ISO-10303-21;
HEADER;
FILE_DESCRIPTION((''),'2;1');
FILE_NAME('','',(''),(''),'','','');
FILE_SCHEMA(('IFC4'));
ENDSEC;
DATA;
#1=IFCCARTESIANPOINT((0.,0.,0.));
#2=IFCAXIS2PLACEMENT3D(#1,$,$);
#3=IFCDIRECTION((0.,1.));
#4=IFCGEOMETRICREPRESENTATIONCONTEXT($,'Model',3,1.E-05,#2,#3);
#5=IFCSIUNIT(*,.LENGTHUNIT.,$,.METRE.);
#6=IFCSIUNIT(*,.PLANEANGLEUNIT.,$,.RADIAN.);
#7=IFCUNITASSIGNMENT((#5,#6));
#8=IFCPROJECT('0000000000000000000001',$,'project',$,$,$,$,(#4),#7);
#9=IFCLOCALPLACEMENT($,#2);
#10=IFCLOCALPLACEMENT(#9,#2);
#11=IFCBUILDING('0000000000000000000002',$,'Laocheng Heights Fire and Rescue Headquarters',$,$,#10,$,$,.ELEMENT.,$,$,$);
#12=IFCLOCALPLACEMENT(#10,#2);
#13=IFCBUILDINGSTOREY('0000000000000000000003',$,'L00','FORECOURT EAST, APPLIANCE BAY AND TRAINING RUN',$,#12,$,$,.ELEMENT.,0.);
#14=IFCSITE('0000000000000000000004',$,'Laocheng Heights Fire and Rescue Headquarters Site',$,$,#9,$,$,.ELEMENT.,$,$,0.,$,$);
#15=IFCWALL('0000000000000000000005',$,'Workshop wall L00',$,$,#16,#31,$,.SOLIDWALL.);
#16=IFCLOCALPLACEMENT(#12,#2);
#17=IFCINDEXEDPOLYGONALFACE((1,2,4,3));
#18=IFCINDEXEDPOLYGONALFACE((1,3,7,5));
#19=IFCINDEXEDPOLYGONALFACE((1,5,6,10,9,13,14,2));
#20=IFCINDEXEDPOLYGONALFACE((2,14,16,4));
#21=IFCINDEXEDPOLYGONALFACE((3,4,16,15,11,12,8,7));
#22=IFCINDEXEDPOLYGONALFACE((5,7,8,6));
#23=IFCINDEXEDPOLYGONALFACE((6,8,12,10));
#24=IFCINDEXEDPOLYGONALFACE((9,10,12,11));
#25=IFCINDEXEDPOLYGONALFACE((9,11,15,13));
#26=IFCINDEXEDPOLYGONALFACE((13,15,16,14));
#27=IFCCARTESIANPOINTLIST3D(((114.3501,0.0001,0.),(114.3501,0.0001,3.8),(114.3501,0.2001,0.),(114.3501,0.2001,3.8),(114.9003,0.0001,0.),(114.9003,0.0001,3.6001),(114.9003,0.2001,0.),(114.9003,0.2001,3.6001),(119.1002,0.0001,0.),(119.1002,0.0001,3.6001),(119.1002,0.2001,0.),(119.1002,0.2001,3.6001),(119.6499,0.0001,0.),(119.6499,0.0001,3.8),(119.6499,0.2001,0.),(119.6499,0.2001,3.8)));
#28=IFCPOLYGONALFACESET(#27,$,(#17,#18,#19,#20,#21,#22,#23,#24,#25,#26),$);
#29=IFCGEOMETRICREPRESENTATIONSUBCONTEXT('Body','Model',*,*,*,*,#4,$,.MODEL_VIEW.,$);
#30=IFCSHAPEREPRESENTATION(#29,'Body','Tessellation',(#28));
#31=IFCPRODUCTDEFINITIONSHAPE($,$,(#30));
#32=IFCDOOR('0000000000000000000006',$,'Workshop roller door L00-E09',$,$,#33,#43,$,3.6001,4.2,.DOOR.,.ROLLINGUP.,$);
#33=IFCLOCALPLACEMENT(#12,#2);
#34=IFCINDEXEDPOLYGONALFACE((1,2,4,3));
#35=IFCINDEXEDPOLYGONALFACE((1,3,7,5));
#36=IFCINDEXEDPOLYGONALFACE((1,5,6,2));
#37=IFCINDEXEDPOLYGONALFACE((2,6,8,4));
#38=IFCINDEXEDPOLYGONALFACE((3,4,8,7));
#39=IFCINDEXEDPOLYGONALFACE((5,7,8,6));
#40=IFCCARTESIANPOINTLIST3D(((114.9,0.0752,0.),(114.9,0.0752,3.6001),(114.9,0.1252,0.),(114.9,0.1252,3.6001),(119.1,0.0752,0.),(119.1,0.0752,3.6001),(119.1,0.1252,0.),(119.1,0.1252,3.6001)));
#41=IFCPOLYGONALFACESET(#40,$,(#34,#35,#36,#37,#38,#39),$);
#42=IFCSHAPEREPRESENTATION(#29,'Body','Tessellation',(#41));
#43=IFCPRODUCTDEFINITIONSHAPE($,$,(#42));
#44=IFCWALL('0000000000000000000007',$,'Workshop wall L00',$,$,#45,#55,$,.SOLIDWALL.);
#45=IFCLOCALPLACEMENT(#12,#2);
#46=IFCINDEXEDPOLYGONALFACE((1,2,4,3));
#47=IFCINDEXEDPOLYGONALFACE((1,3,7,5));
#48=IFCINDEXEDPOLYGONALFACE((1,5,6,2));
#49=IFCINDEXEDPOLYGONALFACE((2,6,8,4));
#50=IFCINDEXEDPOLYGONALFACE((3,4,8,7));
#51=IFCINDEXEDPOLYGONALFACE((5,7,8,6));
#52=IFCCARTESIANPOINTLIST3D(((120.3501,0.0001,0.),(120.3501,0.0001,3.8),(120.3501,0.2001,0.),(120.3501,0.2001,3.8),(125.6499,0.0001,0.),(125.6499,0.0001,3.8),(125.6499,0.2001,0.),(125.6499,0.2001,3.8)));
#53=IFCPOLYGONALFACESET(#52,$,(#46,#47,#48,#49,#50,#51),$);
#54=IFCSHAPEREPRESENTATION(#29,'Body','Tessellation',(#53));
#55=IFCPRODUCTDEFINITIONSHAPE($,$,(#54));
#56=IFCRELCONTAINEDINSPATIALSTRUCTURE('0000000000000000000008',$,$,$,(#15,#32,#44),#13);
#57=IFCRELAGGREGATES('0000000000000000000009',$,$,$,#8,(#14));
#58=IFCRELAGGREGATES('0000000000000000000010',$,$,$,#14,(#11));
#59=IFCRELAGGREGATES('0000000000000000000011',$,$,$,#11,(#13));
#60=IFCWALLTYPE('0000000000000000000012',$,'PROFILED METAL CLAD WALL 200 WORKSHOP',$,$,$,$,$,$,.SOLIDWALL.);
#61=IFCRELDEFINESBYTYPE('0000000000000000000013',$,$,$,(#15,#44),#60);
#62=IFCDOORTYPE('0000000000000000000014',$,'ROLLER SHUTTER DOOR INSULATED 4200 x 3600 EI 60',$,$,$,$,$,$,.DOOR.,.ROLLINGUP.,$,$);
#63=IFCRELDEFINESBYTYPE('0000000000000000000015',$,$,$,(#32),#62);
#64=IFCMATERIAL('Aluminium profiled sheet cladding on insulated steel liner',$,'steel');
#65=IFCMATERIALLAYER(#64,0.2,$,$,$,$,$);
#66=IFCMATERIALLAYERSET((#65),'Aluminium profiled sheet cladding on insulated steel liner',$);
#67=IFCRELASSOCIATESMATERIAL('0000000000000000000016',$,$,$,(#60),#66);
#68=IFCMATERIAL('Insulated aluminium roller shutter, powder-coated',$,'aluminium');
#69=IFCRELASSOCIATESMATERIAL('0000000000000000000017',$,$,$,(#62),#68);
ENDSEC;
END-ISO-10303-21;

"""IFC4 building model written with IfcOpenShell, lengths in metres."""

from ifc_helpers import new_model, si_unit, direction, frame, frame_2d, origin, place, context, subcontext, project, spatial, rectangle, extrude, material, layer, layer_set, type_object, element, fill, save


model = new_model("IFC4")

# Units and contexts
model_context = context("Model", 3, precision=1e-05, world=origin(), true_north=direction((0.0, 1.0)))
body_context = subcontext(model_context, "Body", "Model", "MODEL_VIEW")
ifc_project = project(units=[si_unit("LENGTHUNIT", "METRE"), si_unit("PLANEANGLEUNIT", "RADIAN")], contexts=[model_context])

# Site, building, storey
site_placement = place(None, origin())
site = spatial("IfcSite", under=ifc_project, at=site_placement, Name="Laocheng Heights Fire and Rescue Headquarters Site", CompositionType="ELEMENT", RefElevation=0.0)
building_placement = place(site_placement, origin())
building = spatial("IfcBuilding", under=site, at=building_placement, Name="Laocheng Heights Fire and Rescue Headquarters", CompositionType="ELEMENT")
storey_placement = place(building_placement, origin())
storey = spatial("IfcBuildingStorey", under=building, at=storey_placement, Name="L00", Description="FORECOURT EAST, APPLIANCE BAY AND TRAINING RUN", CompositionType="ELEMENT", Elevation=0.0)

# Wall, opening, door
ifc_material_1 = material(Name="Aluminium profiled sheet cladding on insulated steel liner", Category="steel")
ifc_layer_1 = layer(ifc_material_1, 0.2)
ifc_layer_set_1 = layer_set([ifc_layer_1], Name="Aluminium profiled sheet cladding on insulated steel liner")
wall_type_1 = type_object("IfcWallType", Name="PROFILED METAL CLAD WALL 200 WORKSHOP", PredefinedType="SOLIDWALL", material=ifc_layer_set_1)
wall_1_placement = place(storey_placement, frame((114.3501, 0.1001, 0.0), z_axis=(0.0, 0.0, 1.0), x_axis=(1.0, 0.0, 0.0)))
wall_1 = element("IfcWall", 1, at=wall_1_placement, inside=storey, type_object=wall_type_1, Name="Workshop wall L00", PredefinedType="SOLIDWALL", context=body_context, shape_type="SweptSolid", body=[
    extrude(rectangle(XDim=5.2998, YDim=0.2, at=frame_2d((2.6499, 0.0))), origin(), (0.0, 0.0, 1.0), 3.8),
])
opening_placement = place(wall_1_placement, frame((0.55, 0.0, 0.0)))
opening = element("IfcOpeningElement", 2, at=opening_placement, cuts=wall_1, PredefinedType="OPENING", context=body_context, shape_type="SweptSolid", body=[
    extrude(rectangle(XDim=4.2, YDim=3.6001, at=frame_2d((2.1001, 1.8))), frame((0.0, 0.1099, 0.0), z_axis=(0.0, -1.0, 0.0), x_axis=(1.0, 0.0, 0.0)), (0.0, 0.0, 1.0), 0.22),
])
ifc_material_2 = material(Name="Insulated aluminium roller shutter, powder-coated", Category="aluminium")
door_type = type_object("IfcDoorType", Name="ROLLER SHUTTER DOOR INSULATED 4200 x 3600 EI 60", OperationType="ROLLINGUP", PredefinedType="DOOR", material=ifc_material_2)
door_placement = place(opening_placement, frame((4.2, 0.0, 0.0), z_axis=(0.0, 0.0, 1.0), x_axis=(-1.0, 0.0, 0.0)))
door = element("IfcDoor", 3, at=door_placement, inside=storey, type_object=door_type, Name="Workshop roller door L00-E09", OperationType="ROLLINGUP", OverallHeight=3.6001, OverallWidth=4.2, PredefinedType="DOOR", context=body_context, shape_type="SweptSolid", body=[
    extrude(rectangle(XDim=4.2, YDim=3.6001, at=frame_2d((2.1001, 1.8))), frame((0.0, 0.0249, 0.0), z_axis=(0.0, -1.0, 0.0), x_axis=(1.0, 0.0, 0.0)), (0.0, 0.0, 1.0), 0.05),
])
fill(opening, door)

# Wall
wall_2_placement = place(storey_placement, frame((120.3501, 0.1001, 0.0), z_axis=(0.0, 0.0, 1.0), x_axis=(1.0, 0.0, 0.0)))
element("IfcWall", 4, at=wall_2_placement, inside=storey, type_object=wall_type_1, Name="Workshop wall L00", PredefinedType="SOLIDWALL", context=body_context, shape_type="SweptSolid", body=[
    extrude(rectangle(XDim=5.2998, YDim=0.2, at=frame_2d((2.6499, 0.0))), origin(), (0.0, 0.0, 1.0), 3.8),
])

save(model, "model.ifc")
